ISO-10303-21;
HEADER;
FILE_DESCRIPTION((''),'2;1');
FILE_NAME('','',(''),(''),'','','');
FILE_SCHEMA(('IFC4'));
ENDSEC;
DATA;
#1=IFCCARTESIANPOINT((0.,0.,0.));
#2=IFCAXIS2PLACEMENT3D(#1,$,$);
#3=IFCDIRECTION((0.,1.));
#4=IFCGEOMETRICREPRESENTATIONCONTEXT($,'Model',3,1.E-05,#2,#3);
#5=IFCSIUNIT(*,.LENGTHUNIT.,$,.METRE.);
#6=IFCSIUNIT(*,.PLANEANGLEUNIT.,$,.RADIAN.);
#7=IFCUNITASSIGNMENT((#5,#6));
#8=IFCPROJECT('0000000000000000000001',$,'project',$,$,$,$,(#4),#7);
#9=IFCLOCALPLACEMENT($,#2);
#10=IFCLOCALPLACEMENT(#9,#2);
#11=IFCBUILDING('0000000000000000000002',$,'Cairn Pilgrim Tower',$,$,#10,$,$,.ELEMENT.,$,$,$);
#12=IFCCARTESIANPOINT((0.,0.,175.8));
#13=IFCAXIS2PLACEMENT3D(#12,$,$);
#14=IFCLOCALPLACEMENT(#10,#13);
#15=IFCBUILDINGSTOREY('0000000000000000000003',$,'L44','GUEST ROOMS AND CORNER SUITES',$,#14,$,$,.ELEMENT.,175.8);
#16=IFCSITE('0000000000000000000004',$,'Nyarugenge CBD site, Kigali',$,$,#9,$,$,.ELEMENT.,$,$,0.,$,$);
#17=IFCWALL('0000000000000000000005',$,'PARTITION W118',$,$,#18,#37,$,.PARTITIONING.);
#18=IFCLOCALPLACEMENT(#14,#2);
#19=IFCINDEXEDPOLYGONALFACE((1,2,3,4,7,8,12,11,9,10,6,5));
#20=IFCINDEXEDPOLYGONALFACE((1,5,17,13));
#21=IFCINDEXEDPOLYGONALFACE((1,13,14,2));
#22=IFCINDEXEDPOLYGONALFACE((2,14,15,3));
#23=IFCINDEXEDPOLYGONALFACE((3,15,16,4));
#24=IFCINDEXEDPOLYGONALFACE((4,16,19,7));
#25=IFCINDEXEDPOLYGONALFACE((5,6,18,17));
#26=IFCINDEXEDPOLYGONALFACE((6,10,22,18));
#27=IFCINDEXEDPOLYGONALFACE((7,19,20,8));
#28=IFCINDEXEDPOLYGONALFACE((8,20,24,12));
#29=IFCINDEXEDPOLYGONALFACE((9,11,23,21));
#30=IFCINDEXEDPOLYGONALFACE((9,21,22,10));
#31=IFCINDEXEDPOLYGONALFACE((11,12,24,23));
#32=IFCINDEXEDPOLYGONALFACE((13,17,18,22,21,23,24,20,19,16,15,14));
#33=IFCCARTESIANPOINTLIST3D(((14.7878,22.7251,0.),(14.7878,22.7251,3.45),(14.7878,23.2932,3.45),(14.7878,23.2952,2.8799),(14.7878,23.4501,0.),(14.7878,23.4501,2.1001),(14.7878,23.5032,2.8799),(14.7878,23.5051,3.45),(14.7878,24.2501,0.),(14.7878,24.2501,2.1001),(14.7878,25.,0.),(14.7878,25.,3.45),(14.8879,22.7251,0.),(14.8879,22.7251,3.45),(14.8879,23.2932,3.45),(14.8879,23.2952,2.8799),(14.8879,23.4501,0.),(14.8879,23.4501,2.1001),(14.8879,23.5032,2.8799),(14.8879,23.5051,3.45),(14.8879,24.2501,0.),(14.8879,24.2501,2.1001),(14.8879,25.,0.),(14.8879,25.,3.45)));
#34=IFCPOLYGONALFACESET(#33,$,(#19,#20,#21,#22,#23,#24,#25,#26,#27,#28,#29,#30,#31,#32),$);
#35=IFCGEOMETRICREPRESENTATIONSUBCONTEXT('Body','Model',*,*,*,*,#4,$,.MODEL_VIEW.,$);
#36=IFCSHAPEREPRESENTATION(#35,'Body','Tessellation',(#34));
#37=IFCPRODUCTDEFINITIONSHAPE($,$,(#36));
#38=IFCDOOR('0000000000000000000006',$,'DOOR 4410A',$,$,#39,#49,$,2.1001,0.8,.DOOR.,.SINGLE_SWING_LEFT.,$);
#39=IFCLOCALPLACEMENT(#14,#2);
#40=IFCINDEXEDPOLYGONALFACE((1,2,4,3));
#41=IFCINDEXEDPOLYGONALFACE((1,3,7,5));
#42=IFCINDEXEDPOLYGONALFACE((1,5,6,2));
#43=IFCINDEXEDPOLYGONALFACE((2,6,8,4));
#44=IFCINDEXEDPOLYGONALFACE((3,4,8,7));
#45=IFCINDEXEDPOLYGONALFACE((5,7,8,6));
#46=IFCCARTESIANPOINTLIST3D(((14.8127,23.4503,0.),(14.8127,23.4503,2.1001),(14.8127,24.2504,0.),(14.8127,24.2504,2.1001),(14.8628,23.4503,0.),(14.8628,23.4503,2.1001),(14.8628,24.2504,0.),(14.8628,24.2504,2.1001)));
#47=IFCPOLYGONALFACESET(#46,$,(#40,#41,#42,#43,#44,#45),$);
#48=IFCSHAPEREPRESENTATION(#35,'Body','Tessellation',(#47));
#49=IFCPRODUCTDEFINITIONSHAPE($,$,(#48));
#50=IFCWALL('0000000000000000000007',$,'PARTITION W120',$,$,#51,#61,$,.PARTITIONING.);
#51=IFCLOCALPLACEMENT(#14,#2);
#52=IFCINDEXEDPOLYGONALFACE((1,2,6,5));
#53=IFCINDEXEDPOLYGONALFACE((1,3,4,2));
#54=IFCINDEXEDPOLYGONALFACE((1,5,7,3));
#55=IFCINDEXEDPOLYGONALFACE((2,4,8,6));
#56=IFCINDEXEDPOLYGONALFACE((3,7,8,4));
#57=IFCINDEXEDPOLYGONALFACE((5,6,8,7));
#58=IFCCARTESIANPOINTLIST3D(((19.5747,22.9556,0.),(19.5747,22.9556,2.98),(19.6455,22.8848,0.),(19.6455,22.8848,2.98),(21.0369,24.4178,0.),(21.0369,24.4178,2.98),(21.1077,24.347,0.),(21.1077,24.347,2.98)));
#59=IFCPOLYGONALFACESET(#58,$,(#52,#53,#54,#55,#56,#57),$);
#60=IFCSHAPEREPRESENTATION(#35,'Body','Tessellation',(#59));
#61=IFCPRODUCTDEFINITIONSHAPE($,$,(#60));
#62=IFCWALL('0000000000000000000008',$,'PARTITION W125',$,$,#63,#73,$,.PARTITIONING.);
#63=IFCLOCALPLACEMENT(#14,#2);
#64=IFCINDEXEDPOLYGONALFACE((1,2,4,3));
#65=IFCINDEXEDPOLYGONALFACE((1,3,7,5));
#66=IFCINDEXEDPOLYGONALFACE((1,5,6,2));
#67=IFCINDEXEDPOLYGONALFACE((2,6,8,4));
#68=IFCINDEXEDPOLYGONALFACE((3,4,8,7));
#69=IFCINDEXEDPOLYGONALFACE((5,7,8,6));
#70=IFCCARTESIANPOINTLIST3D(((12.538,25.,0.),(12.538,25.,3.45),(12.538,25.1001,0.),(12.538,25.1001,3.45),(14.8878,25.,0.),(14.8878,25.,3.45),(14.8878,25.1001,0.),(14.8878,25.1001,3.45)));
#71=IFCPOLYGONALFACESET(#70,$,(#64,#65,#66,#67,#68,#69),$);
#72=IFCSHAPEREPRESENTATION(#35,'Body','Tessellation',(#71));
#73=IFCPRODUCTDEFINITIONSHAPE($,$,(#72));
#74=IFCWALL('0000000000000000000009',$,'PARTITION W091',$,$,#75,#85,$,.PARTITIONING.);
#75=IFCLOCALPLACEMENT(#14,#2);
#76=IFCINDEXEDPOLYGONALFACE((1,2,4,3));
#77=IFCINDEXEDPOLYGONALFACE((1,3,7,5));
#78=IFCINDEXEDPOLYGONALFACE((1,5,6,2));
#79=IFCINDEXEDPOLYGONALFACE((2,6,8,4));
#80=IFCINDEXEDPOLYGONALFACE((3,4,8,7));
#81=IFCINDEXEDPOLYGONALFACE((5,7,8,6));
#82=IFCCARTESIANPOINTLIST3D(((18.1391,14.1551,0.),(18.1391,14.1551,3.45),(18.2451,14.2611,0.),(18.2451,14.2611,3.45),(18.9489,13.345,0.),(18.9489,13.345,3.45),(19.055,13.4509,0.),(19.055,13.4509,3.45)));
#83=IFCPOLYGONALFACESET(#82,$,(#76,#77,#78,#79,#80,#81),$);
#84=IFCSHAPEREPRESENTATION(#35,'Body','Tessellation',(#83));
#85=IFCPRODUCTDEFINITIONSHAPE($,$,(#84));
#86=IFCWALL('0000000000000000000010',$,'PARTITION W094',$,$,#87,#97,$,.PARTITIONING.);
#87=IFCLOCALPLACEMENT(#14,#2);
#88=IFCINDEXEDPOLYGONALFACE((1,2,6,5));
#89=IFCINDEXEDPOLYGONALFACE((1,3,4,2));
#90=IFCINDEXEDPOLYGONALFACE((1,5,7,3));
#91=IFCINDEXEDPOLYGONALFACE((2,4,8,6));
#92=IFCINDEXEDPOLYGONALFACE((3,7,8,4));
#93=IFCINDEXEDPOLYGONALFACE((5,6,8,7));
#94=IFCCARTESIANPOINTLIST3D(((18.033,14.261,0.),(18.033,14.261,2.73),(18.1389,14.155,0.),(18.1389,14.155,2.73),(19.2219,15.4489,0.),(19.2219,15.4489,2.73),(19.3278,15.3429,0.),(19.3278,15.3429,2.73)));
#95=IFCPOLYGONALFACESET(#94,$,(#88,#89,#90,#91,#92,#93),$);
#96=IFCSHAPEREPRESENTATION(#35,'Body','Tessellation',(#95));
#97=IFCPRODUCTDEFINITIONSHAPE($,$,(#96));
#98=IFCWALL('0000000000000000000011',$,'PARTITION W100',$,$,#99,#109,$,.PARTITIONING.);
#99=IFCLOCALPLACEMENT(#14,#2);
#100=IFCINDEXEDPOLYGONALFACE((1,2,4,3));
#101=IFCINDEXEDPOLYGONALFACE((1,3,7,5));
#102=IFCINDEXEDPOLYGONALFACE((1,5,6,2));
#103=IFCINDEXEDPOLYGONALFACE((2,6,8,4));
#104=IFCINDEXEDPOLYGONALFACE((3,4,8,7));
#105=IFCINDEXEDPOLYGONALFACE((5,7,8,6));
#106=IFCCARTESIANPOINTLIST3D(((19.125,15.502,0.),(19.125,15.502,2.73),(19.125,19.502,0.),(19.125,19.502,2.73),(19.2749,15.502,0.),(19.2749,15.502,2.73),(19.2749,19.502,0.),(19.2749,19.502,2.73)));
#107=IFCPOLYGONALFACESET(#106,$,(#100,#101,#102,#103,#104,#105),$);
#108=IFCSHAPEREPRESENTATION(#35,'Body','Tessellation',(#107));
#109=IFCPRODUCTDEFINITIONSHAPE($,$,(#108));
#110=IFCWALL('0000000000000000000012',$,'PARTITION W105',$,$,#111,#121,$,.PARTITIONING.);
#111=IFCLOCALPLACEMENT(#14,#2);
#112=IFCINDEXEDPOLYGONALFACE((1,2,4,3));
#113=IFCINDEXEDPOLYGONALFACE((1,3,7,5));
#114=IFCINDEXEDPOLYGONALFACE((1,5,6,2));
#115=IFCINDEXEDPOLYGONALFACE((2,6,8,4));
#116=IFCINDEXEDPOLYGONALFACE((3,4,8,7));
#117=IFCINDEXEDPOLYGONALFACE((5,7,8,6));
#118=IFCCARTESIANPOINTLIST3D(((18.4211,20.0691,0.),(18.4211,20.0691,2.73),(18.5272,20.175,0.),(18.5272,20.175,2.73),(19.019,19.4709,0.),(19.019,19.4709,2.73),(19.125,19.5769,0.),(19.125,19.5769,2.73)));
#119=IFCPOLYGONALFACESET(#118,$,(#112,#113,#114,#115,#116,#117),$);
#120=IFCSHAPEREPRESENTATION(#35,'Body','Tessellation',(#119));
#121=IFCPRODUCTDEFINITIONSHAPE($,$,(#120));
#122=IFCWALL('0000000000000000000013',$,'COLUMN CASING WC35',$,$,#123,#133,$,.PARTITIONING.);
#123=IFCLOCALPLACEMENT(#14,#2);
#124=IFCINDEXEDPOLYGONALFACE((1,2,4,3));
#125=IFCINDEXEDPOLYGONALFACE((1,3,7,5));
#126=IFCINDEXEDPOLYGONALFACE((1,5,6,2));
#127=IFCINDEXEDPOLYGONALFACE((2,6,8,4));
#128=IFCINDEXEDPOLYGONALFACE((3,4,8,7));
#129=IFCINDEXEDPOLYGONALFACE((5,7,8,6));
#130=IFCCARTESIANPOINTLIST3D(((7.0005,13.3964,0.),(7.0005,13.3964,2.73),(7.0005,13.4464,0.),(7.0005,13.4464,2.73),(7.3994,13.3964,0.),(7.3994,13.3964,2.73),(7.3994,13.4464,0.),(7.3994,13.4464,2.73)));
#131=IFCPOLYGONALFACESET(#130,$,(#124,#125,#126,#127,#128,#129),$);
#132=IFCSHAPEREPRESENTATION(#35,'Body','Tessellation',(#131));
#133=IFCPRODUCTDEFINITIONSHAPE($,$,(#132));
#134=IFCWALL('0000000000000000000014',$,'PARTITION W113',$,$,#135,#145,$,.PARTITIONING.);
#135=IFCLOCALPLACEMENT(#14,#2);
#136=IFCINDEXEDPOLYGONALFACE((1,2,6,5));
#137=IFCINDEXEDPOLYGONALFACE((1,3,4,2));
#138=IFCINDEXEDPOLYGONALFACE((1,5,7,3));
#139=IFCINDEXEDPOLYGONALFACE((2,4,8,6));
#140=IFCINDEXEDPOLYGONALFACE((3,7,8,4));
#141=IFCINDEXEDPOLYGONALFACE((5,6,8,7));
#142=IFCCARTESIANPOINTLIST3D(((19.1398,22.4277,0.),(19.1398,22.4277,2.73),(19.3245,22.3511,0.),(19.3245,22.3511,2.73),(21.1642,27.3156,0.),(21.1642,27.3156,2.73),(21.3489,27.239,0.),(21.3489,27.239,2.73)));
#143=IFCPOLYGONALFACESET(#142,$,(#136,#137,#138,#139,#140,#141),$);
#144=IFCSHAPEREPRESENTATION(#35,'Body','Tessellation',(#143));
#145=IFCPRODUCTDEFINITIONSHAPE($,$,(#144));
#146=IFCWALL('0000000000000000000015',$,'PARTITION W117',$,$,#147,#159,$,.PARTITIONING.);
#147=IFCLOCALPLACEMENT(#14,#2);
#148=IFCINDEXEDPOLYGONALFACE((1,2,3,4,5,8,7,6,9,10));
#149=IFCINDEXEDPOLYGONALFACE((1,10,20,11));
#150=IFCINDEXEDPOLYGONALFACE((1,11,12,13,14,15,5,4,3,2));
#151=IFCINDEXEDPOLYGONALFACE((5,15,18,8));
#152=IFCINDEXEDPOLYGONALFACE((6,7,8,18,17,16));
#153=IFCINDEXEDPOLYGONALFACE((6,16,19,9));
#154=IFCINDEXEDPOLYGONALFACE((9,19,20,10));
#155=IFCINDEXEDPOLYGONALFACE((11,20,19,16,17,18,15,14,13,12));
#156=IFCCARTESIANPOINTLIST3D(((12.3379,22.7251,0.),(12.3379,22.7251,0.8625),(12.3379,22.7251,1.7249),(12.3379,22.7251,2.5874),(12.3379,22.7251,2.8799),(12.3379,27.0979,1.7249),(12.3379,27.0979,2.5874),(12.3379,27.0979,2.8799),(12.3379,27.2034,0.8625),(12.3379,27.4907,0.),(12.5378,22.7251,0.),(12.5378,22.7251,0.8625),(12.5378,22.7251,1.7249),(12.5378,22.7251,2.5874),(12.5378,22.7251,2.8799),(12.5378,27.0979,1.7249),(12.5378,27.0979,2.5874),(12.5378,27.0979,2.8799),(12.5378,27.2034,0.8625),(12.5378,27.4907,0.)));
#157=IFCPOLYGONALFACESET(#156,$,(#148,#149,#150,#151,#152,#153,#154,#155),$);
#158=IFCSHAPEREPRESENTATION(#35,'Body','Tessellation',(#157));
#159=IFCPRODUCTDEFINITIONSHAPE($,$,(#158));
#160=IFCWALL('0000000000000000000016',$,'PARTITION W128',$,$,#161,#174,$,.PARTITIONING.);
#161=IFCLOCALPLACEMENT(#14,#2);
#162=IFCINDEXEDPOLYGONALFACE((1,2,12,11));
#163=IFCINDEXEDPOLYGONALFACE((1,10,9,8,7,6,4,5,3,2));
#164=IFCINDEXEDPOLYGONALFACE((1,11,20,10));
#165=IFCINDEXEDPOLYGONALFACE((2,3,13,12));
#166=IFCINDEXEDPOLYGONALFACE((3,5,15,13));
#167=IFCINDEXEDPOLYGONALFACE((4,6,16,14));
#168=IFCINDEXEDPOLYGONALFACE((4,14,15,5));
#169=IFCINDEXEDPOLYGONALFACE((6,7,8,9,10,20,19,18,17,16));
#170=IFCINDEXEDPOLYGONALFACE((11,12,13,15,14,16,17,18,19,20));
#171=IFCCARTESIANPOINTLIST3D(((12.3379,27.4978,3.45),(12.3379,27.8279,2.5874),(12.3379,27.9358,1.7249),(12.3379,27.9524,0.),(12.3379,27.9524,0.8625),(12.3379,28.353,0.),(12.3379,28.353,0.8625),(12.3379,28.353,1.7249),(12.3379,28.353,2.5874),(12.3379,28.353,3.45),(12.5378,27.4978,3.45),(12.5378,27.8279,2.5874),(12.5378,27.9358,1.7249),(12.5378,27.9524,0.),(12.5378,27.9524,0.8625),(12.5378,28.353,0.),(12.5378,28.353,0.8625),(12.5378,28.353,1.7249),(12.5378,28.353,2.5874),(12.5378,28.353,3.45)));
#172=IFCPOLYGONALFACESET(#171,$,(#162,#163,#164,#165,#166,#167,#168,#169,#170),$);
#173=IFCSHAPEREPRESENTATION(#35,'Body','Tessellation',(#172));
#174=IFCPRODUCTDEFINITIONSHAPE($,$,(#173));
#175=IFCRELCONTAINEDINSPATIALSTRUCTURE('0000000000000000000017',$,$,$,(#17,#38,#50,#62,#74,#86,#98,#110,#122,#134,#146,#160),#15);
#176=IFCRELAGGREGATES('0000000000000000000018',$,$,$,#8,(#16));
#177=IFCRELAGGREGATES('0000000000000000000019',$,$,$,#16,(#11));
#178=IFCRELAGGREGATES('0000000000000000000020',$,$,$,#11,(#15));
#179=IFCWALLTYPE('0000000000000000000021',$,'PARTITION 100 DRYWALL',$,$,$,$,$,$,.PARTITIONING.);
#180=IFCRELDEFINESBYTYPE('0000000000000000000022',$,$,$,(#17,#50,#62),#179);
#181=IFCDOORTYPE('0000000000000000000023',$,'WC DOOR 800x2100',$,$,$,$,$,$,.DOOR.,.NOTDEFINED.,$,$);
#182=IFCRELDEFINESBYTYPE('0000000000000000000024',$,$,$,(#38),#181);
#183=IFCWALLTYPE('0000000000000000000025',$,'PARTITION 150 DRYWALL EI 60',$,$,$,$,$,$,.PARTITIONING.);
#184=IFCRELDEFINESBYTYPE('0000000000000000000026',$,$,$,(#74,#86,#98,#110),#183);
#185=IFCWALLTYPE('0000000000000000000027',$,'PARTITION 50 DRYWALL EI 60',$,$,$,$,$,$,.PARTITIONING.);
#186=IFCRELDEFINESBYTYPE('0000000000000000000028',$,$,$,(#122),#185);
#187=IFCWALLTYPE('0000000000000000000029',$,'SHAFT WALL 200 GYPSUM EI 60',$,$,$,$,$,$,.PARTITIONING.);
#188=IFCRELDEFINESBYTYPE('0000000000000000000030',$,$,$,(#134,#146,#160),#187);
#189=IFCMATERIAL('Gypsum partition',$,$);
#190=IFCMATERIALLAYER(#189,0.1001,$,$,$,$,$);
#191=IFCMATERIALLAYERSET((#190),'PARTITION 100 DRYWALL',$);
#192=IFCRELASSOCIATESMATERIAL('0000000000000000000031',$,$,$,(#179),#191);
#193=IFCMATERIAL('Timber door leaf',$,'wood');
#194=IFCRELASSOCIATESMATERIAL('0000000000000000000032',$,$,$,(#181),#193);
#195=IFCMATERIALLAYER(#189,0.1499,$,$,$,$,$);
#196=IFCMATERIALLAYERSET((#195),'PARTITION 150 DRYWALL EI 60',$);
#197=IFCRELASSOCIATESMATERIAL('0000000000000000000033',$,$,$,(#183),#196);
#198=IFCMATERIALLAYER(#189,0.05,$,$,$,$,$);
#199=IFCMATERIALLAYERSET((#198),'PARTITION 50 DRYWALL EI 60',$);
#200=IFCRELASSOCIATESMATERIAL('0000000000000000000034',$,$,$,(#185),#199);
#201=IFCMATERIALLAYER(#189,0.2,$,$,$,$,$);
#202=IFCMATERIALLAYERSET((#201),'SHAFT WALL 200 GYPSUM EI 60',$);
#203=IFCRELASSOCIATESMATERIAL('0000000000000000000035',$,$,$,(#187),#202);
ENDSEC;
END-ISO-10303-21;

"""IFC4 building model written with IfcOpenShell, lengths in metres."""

from ifc_helpers import new_model, si_unit, direction, frame, frame_2d, origin, place, context, subcontext, project, spatial, polyline, rectangle, outline, extrude, material, layer, layer_set, type_object, element, fill, save


model = new_model("IFC4")

# Units and contexts
model_context = context("Model", 3, precision=1e-05, world=origin(), true_north=direction((0.0, 1.0)))
body_context = subcontext(model_context, "Body", "Model", "MODEL_VIEW")
ifc_project = project(units=[si_unit("LENGTHUNIT", "METRE"), si_unit("PLANEANGLEUNIT", "RADIAN")], contexts=[model_context])

# Site, building, storey
site_placement = place(None, origin())
site = spatial("IfcSite", under=ifc_project, at=site_placement, Name="Nyarugenge CBD site, Kigali", CompositionType="ELEMENT", RefElevation=0.0)
building_placement = place(site_placement, origin())
building = spatial("IfcBuilding", under=site, at=building_placement, Name="Cairn Pilgrim Tower", CompositionType="ELEMENT")
storey_placement = place(building_placement, frame((0.0, 0.0, 175.8)))
storey = spatial("IfcBuildingStorey", under=building, at=storey_placement, Name="L44", Description="GUEST ROOMS AND CORNER SUITES", CompositionType="ELEMENT", Elevation=175.8)

# Shared definitions
ifc_material_1 = material(Name="Gypsum partition")
ifc_layer_1 = layer(ifc_material_1, 0.1001)
ifc_layer_set_1 = layer_set([ifc_layer_1], Name="PARTITION 100 DRYWALL")
wall_type_1 = type_object("IfcWallType", Name="PARTITION 100 DRYWALL", PredefinedType="PARTITIONING", material=ifc_layer_set_1)

# Wall, opening, door
wall_1_placement = place(storey_placement, frame((14.8379, 22.7251, 0.0), z_axis=(0.0, 0.0, 1.0), x_axis=(0.0, 1.0, 0.0)))
wall_1 = element("IfcWall", 1, at=wall_1_placement, inside=storey, type_object=wall_type_1, Name="PARTITION W118", PredefinedType="PARTITIONING", context=body_context, shape_type="SweptSolid", body=[
    extrude(outline(polyline([(0.0, 0.0), (2.2749, 0.0), (2.2749, 3.45), (0.78, 3.45), (0.7781, 2.8799), (0.5701, 2.8799), (0.5681, 3.45), (0.0, 3.45), (0.0, 0.0)])), frame((0.0, 0.05, 0.0), z_axis=(0.0, -1.0, 0.0), x_axis=(1.0, 0.0, 0.0)), (0.0, 0.0, 1.0), 0.1001),
])
opening_1_placement = place(wall_1_placement, frame((0.7251, 0.0, 0.0)))
opening_1 = element("IfcOpeningElement", 2, at=opening_1_placement, cuts=wall_1, PredefinedType="OPENING", context=body_context, shape_type="SweptSolid", body=[
    extrude(rectangle(XDim=0.8, YDim=2.1001, at=frame_2d((0.3999, 1.05))), frame((0.0, 0.0601, 0.0), z_axis=(0.0, -1.0, 0.0), x_axis=(1.0, 0.0, 0.0)), (0.0, 0.0, 1.0), 0.1201),
])
ifc_material_2 = material(Name="Timber door leaf", Category="wood")
door_type_1 = type_object("IfcDoorType", Name="WC DOOR 800x2100", OperationType="NOTDEFINED", PredefinedType="DOOR", material=ifc_material_2)
door_1_placement = place(opening_1_placement, frame((0.8, 0.0, 0.0), z_axis=(0.0, 0.0, 1.0), x_axis=(-1.0, 0.0, 0.0)))
door_1 = element("IfcDoor", 3, at=door_1_placement, inside=storey, type_object=door_type_1, Name="DOOR 4410A", OperationType="SINGLE_SWING_LEFT", OverallHeight=2.1001, OverallWidth=0.8, PredefinedType="DOOR", context=body_context, shape_type="SweptSolid", body=[
    extrude(rectangle(XDim=0.8, YDim=2.1001, at=frame_2d((0.3999, 1.05))), frame((0.0, 0.0249, 0.0), z_axis=(0.0, -1.0, 0.0), x_axis=(1.0, 0.0, 0.0)), (0.0, 0.0, 1.0), 0.05),
])
fill(opening_1, door_1)

# Walls
wall_2_placement = place(storey_placement, frame((19.6101, 22.9202, 0.0), z_axis=(0.0, 0.0, 1.0), x_axis=(0.707107, 0.707107, 0.0)))
element("IfcWall", 4, at=wall_2_placement, inside=storey, type_object=wall_type_1, Name="PARTITION W120", PredefinedType="PARTITIONING", context=body_context, shape_type="SweptSolid", body=[
    extrude(rectangle(XDim=2.0679, YDim=0.1001, at=frame_2d((1.0339, 0.0))), origin(), (0.0, 0.0, 1.0), 2.98),
])
wall_3_placement = place(storey_placement, frame((12.5381, 25.05, 0.0), z_axis=(0.0, 0.0, 1.0), x_axis=(1.0, 0.0, 0.0)))
element("IfcWall", 5, at=wall_3_placement, inside=storey, type_object=wall_type_1, Name="PARTITION W125", PredefinedType="PARTITIONING", context=body_context, shape_type="SweptSolid", body=[
    extrude(rectangle(XDim=2.3499, YDim=0.1001, at=frame_2d((1.1748, 0.0))), origin(), (0.0, 0.0, 1.0), 3.45),
])
ifc_layer_2 = layer(ifc_material_1, 0.1499)
ifc_layer_set_2 = layer_set([ifc_layer_2], Name="PARTITION 150 DRYWALL EI 60")
wall_type_2 = type_object("IfcWallType", Name="PARTITION 150 DRYWALL EI 60", PredefinedType="PARTITIONING", material=ifc_layer_set_2)
wall_4_placement = place(storey_placement, frame((19.002, 13.3979, 0.0), z_axis=(0.0, 0.0, 1.0), x_axis=(-0.707, 0.707213, 0.0)))
element("IfcWall", 6, at=wall_4_placement, inside=storey, type_object=wall_type_2, Name="PARTITION W091", PredefinedType="PARTITIONING", context=body_context, shape_type="SweptSolid", body=[
    extrude(rectangle(XDim=1.1455, YDim=0.1499, at=frame_2d((0.5728, 0.0))), origin(), (0.0, 0.0, 1.0), 3.45),
])
wall_5_placement = place(storey_placement, frame((18.0859, 14.208, 0.0), z_axis=(0.0, 0.0, 1.0), x_axis=(0.707397, 0.706816, 0.0)))
element("IfcWall", 7, at=wall_5_placement, inside=storey, type_object=wall_type_2, Name="PARTITION W094", PredefinedType="PARTITIONING", context=body_context, shape_type="SweptSolid", body=[
    extrude(rectangle(XDim=1.6807, YDim=0.1499, at=frame_2d((0.8403, 0.0))), origin(), (0.0, 0.0, 1.0), 2.73),
])
wall_6_placement = place(storey_placement, frame((19.2, 15.502, 0.0), z_axis=(0.0, 0.0, 1.0), x_axis=(0.0, 1.0, 0.0)))
element("IfcWall", 8, at=wall_6_placement, inside=storey, type_object=wall_type_2, Name="PARTITION W100", PredefinedType="PARTITIONING", context=body_context, shape_type="SweptSolid", body=[
    extrude(rectangle(XDim=4.0, YDim=0.1499, at=frame_2d((2.0, 0.0))), origin(), (0.0, 0.0, 1.0), 2.73),
])
wall_7_placement = place(storey_placement, frame((19.072, 19.5239, 0.0), z_axis=(0.0, 0.0, 1.0), x_axis=(-0.706962, 0.707251, 0.0)))
element("IfcWall", 9, at=wall_7_placement, inside=storey, type_object=wall_type_2, Name="PARTITION W105", PredefinedType="PARTITIONING", context=body_context, shape_type="SweptSolid", body=[
    extrude(rectangle(XDim=0.8457, YDim=0.1499, at=frame_2d((0.4229, 0.0))), origin(), (0.0, 0.0, 1.0), 2.73),
])
ifc_layer_3 = layer(ifc_material_1, 0.05)
ifc_layer_set_3 = layer_set([ifc_layer_3], Name="PARTITION 50 DRYWALL EI 60")
wall_type_3 = type_object("IfcWallType", Name="PARTITION 50 DRYWALL EI 60", PredefinedType="PARTITIONING", material=ifc_layer_set_3)
wall_8_placement = place(storey_placement, frame((7.0005, 13.4214, 0.0), z_axis=(0.0, 0.0, 1.0), x_axis=(1.0, 0.0, 0.0)))
element("IfcWall", 10, at=wall_8_placement, inside=storey, type_object=wall_type_3, Name="COLUMN CASING WC35", PredefinedType="PARTITIONING", context=body_context, shape_type="SweptSolid", body=[
    extrude(rectangle(XDim=0.3989, YDim=0.05, at=frame_2d((0.1995, 0.0))), origin(), (0.0, 0.0, 1.0), 2.73),
])
ifc_layer_4 = layer(ifc_material_1, 0.2)
ifc_layer_set_4 = layer_set([ifc_layer_4], Name="SHAFT WALL 200 GYPSUM EI 60")
wall_type_4 = type_object("IfcWallType", Name="SHAFT WALL 200 GYPSUM EI 60", PredefinedType="PARTITIONING", material=ifc_layer_set_4)
wall_9_placement = place(storey_placement, frame((19.2322, 22.3894, 0.0), z_axis=(0.0, 0.0, 1.0), x_axis=(0.382645, 0.923895, 0.0)))
element("IfcWall", 11, at=wall_9_placement, inside=storey, type_object=wall_type_4, Name="PARTITION W113", PredefinedType="PARTITIONING", context=body_context, shape_type="SweptSolid", body=[
    extrude(rectangle(XDim=5.2905, YDim=0.2, at=frame_2d((2.6453, 0.0))), origin(), (0.0, 0.0, 1.0), 2.73),
])
wall_10_placement = place(storey_placement, frame((12.438, 22.7251, 0.0), z_axis=(0.0, 0.0, 1.0), x_axis=(0.0, 1.0, 0.0)))
element("IfcWall", 12, at=wall_10_placement, inside=storey, type_object=wall_type_4, Name="PARTITION W117", PredefinedType="PARTITIONING", context=body_context, shape_type="SweptSolid", body=[
    extrude(outline(polyline([(0.0, 0.0), (4.7656, 0.0), (4.4783, 0.8625), (4.3728, 1.7249), (4.3728, 2.5874), (4.3728, 2.8799), (0.0, 2.8799), (0.0, 2.5874), (0.0, 1.7249), (0.0, 0.8625), (0.0, 0.0)])), frame((0.0, 0.1001, 0.0), z_axis=(0.0, -1.0, 0.0), x_axis=(1.0, 0.0, 0.0)), (0.0, 0.0, 1.0), 0.2),
])
wall_11_placement = place(storey_placement, frame((12.438, 27.4978, 0.0), z_axis=(0.0, 0.0, 1.0), x_axis=(0.0, 1.0, 0.0)))
element("IfcWall", 13, at=wall_11_placement, inside=storey, type_object=wall_type_4, Name="PARTITION W128", PredefinedType="PARTITIONING", context=body_context, shape_type="SweptSolid", body=[
    extrude(outline(polyline([(0.4546, 0.0), (0.8552, 0.0), (0.8552, 0.8625), (0.8552, 1.7249), (0.8552, 2.5874), (0.8552, 3.45), (0.0, 3.45), (0.3301, 2.5874), (0.438, 1.7249), (0.4546, 0.8625), (0.4546, 0.0)])), frame((0.0, 0.1001, 0.0), z_axis=(0.0, -1.0, 0.0), x_axis=(1.0, 0.0, 0.0)), (0.0, 0.0, 1.0), 0.2),
])

save(model, "model.ifc")
